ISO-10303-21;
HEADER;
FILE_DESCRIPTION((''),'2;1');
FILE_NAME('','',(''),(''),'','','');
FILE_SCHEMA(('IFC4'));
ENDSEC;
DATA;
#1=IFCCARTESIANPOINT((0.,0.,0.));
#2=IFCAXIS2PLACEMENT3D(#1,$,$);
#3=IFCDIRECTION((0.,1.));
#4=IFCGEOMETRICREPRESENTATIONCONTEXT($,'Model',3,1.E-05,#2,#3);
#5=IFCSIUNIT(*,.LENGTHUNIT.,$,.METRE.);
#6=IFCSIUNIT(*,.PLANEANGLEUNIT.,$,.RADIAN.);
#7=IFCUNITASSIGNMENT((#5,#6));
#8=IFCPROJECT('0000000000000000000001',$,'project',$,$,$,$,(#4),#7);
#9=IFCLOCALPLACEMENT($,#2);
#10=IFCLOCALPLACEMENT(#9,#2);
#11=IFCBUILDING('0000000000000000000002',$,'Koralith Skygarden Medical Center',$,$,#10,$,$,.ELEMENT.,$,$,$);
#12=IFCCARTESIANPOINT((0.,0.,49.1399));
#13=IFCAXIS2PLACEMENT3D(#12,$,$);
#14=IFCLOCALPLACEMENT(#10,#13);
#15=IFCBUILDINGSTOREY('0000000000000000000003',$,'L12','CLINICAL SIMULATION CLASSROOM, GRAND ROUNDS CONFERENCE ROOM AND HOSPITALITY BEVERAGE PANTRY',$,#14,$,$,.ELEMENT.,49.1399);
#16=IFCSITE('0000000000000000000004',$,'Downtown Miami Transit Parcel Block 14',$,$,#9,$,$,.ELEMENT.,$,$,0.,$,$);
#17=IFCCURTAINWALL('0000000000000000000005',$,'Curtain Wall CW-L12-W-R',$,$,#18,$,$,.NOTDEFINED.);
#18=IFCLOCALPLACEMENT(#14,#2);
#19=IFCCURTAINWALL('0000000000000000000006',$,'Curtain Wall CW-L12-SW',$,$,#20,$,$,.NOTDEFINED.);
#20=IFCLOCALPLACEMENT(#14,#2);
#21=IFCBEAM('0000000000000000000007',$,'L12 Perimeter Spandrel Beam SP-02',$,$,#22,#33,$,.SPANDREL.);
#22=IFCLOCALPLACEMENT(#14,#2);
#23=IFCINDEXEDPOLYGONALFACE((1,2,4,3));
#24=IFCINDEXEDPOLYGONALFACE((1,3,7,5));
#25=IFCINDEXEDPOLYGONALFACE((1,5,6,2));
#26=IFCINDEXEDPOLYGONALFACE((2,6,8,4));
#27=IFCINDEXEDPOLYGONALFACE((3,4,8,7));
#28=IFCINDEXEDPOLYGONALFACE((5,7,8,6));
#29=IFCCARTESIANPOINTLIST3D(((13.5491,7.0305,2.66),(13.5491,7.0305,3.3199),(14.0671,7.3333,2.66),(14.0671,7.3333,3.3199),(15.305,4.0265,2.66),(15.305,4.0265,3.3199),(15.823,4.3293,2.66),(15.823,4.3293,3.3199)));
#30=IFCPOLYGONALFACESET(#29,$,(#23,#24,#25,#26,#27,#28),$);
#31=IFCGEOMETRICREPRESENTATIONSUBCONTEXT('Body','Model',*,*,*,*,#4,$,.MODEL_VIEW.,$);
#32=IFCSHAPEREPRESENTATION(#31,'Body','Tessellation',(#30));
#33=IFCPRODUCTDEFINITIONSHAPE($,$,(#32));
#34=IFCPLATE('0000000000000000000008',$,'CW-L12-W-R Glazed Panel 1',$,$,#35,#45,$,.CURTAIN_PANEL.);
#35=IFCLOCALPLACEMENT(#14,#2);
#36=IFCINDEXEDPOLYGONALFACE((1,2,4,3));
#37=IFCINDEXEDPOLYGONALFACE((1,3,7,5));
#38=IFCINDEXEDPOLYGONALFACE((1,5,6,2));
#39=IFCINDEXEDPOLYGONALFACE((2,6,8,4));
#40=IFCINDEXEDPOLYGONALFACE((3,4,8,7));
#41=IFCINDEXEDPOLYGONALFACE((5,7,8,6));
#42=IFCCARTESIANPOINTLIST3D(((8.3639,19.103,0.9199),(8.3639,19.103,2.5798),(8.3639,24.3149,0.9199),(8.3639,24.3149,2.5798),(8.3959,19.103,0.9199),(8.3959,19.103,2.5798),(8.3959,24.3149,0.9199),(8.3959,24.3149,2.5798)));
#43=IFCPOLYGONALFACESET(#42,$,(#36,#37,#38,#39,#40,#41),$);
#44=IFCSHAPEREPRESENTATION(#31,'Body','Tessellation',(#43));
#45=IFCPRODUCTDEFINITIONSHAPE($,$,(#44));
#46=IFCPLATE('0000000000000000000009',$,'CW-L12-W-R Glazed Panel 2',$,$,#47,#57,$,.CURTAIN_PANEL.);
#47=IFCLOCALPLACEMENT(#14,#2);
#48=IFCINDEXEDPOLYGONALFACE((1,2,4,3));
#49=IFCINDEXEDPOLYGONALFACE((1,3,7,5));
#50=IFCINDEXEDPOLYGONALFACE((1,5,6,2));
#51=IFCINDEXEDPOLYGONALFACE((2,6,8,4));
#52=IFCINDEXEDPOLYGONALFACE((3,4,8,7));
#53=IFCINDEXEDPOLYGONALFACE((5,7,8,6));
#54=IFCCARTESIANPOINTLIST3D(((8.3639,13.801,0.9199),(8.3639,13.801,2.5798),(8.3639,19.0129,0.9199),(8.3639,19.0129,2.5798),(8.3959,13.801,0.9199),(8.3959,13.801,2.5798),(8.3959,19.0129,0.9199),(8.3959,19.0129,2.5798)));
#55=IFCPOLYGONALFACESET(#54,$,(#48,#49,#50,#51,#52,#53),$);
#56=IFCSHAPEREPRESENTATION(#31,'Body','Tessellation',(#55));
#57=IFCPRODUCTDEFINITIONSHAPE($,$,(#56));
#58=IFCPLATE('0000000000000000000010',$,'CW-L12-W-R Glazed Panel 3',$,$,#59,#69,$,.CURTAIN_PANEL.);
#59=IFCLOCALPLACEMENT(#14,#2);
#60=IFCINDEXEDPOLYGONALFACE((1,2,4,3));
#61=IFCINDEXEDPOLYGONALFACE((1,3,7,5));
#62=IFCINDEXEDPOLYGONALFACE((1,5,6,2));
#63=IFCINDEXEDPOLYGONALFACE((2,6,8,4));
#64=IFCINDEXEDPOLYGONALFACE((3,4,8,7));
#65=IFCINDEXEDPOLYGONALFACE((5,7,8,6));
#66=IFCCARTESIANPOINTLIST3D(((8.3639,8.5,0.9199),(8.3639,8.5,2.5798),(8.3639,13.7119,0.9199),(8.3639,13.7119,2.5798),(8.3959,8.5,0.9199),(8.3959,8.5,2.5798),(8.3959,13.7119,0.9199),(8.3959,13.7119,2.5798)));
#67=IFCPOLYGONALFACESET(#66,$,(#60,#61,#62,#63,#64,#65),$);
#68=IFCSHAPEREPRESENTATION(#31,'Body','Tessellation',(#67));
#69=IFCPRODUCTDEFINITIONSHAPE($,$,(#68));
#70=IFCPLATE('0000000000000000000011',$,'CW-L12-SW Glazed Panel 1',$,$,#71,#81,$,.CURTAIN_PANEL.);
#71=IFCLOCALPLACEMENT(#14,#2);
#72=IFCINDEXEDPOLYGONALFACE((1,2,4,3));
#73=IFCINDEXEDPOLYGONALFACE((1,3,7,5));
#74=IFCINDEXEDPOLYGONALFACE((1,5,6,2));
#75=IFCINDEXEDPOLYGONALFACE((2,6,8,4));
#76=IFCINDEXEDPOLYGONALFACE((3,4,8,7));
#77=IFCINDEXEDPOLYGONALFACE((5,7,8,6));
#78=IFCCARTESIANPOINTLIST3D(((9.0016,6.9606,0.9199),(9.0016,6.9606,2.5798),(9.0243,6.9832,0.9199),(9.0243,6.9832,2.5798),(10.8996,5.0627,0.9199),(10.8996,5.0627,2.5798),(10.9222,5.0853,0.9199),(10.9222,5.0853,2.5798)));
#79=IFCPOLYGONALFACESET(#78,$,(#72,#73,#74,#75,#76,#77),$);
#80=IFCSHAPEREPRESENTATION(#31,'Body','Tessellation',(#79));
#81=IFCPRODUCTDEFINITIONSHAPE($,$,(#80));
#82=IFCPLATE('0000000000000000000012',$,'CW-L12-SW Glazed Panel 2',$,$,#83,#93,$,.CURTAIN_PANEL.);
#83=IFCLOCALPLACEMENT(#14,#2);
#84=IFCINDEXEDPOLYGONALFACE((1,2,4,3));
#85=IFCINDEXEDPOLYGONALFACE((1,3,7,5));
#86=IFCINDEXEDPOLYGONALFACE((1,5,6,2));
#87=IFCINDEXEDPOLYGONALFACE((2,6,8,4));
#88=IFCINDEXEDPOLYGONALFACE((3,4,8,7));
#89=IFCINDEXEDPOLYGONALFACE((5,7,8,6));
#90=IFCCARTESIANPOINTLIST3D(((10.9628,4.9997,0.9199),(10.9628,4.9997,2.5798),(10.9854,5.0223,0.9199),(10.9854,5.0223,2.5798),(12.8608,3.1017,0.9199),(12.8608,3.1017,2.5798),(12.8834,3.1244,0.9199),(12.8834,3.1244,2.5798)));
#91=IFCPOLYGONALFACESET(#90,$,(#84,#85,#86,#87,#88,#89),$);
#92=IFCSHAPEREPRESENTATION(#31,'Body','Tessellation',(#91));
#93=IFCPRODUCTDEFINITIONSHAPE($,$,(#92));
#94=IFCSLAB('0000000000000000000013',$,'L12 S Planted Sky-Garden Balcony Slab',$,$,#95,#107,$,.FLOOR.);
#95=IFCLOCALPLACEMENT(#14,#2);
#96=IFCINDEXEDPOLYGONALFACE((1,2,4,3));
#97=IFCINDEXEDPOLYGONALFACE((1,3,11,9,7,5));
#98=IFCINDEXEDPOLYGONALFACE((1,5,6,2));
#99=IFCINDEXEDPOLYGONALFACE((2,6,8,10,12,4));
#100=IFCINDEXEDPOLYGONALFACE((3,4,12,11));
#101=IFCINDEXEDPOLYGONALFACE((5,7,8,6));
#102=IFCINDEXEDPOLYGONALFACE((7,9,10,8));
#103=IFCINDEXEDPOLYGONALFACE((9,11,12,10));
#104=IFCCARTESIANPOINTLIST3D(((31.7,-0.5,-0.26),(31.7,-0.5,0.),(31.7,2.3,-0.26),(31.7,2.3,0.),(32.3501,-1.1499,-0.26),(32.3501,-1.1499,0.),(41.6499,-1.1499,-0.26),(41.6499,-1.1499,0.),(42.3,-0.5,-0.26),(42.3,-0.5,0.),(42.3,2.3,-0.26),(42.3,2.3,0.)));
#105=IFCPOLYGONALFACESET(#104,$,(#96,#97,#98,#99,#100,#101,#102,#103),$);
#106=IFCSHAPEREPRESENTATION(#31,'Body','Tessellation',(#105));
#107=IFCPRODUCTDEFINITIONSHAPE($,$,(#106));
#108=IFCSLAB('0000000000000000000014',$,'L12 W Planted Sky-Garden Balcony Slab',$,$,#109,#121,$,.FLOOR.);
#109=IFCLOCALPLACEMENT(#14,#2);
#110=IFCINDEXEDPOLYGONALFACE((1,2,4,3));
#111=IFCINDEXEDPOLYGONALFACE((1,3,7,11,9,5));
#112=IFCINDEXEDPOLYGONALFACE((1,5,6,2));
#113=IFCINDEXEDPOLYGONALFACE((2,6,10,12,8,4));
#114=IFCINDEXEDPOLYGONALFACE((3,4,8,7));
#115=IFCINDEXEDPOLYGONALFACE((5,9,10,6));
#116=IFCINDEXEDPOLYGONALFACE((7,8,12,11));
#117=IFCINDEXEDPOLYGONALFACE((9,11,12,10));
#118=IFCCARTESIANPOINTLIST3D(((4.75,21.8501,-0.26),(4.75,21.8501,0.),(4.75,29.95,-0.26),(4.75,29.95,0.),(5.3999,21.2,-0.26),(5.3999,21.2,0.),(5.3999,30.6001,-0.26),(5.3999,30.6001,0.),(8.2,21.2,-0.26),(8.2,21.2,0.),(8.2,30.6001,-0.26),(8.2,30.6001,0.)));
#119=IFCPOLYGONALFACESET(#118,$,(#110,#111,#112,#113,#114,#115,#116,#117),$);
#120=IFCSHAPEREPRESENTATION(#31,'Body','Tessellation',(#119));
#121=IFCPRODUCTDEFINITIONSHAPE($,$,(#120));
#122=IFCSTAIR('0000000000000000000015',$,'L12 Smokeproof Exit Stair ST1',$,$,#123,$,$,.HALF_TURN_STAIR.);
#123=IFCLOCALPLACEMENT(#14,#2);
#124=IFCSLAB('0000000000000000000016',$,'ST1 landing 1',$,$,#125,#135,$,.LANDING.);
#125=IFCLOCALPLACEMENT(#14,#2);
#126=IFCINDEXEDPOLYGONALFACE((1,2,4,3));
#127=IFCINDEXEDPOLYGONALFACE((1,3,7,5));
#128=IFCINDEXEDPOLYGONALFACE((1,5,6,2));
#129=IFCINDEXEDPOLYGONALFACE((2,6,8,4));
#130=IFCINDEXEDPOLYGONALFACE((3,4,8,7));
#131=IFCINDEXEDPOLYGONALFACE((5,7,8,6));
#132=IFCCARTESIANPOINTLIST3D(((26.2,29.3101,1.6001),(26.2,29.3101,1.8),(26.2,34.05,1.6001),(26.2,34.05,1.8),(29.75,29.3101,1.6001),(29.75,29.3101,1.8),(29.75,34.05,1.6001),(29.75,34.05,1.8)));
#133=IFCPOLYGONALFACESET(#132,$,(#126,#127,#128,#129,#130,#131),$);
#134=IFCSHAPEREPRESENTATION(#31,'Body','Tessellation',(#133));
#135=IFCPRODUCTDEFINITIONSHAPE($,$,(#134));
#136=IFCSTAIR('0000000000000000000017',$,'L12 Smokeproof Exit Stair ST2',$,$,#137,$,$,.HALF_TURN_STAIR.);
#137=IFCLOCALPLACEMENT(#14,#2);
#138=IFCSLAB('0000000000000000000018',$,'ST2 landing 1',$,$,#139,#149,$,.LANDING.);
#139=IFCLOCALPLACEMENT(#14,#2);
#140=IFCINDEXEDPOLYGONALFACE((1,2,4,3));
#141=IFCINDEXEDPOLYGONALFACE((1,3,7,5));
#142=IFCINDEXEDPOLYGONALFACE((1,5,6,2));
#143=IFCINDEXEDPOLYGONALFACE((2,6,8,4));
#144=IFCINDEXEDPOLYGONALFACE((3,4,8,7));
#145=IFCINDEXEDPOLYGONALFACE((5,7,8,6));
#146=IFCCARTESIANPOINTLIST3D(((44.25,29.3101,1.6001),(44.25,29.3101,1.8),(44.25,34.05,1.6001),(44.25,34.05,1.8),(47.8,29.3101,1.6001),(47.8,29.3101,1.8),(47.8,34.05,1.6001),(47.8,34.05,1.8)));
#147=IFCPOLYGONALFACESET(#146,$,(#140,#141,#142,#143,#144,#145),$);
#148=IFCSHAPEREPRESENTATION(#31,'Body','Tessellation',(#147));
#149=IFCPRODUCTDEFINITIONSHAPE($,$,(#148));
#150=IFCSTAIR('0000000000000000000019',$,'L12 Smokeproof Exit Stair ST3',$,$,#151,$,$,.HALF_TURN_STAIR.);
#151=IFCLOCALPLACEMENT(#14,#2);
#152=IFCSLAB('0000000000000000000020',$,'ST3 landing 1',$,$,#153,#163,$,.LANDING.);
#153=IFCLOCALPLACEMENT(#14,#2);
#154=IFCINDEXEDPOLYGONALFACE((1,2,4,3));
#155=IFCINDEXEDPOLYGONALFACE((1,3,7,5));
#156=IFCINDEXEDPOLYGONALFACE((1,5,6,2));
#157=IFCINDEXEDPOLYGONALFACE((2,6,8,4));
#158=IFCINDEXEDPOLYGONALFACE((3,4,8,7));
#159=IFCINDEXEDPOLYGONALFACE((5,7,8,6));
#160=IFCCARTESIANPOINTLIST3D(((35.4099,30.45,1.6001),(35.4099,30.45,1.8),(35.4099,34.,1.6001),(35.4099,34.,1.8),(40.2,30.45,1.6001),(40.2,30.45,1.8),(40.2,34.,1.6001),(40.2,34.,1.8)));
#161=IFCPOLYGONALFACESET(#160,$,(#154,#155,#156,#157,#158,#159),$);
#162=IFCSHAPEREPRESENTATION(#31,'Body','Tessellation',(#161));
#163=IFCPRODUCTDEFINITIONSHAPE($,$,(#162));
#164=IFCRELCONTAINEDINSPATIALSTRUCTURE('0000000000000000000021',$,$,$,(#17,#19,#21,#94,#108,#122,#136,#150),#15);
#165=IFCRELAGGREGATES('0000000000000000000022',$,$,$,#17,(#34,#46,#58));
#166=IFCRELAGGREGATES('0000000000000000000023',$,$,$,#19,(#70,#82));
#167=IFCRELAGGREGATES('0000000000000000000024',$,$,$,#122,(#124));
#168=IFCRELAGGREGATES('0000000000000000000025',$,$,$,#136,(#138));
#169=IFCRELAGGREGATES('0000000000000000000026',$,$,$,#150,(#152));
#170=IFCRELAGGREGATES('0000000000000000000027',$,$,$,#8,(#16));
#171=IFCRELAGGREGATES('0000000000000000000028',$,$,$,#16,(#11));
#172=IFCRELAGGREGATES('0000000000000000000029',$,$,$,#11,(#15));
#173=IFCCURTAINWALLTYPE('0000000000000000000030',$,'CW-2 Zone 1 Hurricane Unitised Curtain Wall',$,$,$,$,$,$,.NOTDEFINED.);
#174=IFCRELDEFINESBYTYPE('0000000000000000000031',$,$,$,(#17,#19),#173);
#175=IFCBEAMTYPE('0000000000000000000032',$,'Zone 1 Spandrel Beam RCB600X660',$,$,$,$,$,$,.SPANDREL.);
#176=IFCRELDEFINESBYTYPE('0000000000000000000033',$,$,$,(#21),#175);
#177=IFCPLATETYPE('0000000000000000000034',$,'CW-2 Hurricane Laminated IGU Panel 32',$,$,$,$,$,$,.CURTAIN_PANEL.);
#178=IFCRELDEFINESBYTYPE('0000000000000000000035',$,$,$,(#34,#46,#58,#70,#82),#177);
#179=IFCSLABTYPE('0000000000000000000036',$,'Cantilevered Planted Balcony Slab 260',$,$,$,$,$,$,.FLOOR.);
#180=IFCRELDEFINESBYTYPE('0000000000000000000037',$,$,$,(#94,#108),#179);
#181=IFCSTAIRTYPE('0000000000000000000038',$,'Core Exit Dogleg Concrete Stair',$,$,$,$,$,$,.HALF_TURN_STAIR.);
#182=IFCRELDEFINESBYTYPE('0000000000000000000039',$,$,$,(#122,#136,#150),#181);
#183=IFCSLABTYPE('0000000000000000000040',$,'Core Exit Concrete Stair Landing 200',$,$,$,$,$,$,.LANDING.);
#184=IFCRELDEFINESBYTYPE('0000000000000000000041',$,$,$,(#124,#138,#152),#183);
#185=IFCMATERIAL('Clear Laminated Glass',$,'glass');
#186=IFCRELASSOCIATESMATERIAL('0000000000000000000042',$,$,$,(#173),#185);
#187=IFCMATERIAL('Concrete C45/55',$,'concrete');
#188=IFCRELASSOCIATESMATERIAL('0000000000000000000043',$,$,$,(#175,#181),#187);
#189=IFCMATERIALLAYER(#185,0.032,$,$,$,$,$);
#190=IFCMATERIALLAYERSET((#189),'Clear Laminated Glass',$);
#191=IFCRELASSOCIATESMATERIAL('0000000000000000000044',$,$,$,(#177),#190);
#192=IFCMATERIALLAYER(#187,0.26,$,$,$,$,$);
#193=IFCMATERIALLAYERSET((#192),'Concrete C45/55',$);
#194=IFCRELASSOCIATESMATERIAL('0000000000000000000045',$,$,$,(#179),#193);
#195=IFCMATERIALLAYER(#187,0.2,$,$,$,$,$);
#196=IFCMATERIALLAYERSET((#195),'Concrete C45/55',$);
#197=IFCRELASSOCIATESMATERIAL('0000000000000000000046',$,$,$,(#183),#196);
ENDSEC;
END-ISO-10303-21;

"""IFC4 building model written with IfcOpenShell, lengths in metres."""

from ifc_helpers import new_model, si_unit, direction, frame, origin, origin_2d, place, context, subcontext, project, spatial, polyline, rectangle, outline, extrude, material, layer, layer_set, material_profile, profile_set, type_object, element, aggregate, save


model = new_model("IFC4")

# Units and contexts
model_context = context("Model", 3, precision=1e-05, world=origin(), true_north=direction((0.0, 1.0)))
body_context = subcontext(model_context, "Body", "Model", "MODEL_VIEW")
ifc_project = project(units=[si_unit("LENGTHUNIT", "METRE"), si_unit("PLANEANGLEUNIT", "RADIAN")], contexts=[model_context])

# Site, building, storey
site_placement = place(None, origin())
site = spatial("IfcSite", under=ifc_project, at=site_placement, Name="Downtown Miami Transit Parcel Block 14", CompositionType="ELEMENT", RefElevation=0.0)
building_placement = place(site_placement, origin())
building = spatial("IfcBuilding", under=site, at=building_placement, Name="Koralith Skygarden Medical Center", CompositionType="ELEMENT")
storey_placement = place(building_placement, frame((0.0, 0.0, 49.1399)))
storey = spatial("IfcBuildingStorey", under=building, at=storey_placement, Name="L12", Description="CLINICAL SIMULATION CLASSROOM, GRAND ROUNDS CONFERENCE ROOM AND HOSPITALITY BEVERAGE PANTRY", CompositionType="ELEMENT", Elevation=49.1399)

# Curtain walls
ifc_material_1 = material(Name="Clear Laminated Glass", Category="glass")
curtain_wall_type = type_object("IfcCurtainWallType", Name="CW-2 Zone 1 Hurricane Unitised Curtain Wall", PredefinedType="NOTDEFINED", material=ifc_material_1)
curtain_wall_1_placement = place(storey_placement, origin())
curtain_wall_1 = element("IfcCurtainWall", 1, at=curtain_wall_1_placement, inside=storey, type_object=curtain_wall_type, Name="Curtain Wall CW-L12-W-R", PredefinedType="NOTDEFINED")
curtain_wall_2_placement = place(storey_placement, origin())
curtain_wall_2 = element("IfcCurtainWall", 2, at=curtain_wall_2_placement, inside=storey, type_object=curtain_wall_type, Name="Curtain Wall CW-L12-SW", PredefinedType="NOTDEFINED")

# Beam
ifc_material_2 = material(Name="Concrete C45/55", Category="concrete")
ifc_material_profile_1 = material_profile(ifc_material_2, rectangle(XDim=0.6001, YDim=0.6599, at=origin_2d()), Name="RCB600X660")
ifc_profile_set_1 = profile_set([ifc_material_profile_1], Name="Concrete C45/55")
beam_type = type_object("IfcBeamType", Name="Zone 1 Spandrel Beam RCB600X660", PredefinedType="SPANDREL", material=ifc_profile_set_1)
beam_1_placement = place(storey_placement, frame((13.8081, 7.1819, 2.99), z_axis=(0.504639, -0.863331, 0.0), x_axis=(0.863331, 0.504639, 0.0)))
element("IfcBeam", 3, at=beam_1_placement, inside=storey, type_object=beam_type, Name="L12 Perimeter Spandrel Beam SP-02", PredefinedType="SPANDREL", context=body_context, shape_type="SweptSolid", body=[
    extrude(rectangle(XDim=0.6001, YDim=0.6599, at=origin_2d()), origin(), (0.0, 0.0, 1.0), 3.4795),
])

# Plates
ifc_layer_1 = layer(ifc_material_1, 0.032)
ifc_layer_set_1 = layer_set([ifc_layer_1], Name="Clear Laminated Glass")
plate_type_1 = type_object("IfcPlateType", Name="CW-2 Hurricane Laminated IGU Panel 32", PredefinedType="CURTAIN_PANEL", material=ifc_layer_set_1)
plate_1_placement = place(storey_placement, frame((8.3799, 21.709, 0.9199), z_axis=(0.0, 0.0, 1.0), x_axis=(0.0, -1.0, 0.0)))
plate_1 = element("IfcPlate", 4, at=plate_1_placement, type_object=plate_type_1, Name="CW-L12-W-R Glazed Panel 1", PredefinedType="CURTAIN_PANEL", context=body_context, shape_type="SweptSolid", body=[
    extrude(rectangle(XDim=5.2119, YDim=0.032, at=origin_2d()), origin(), (0.0, 0.0, 1.0), 1.6599),
])
plate_2_placement = place(storey_placement, frame((8.3799, 16.407, 0.9199), z_axis=(0.0, 0.0, 1.0), x_axis=(0.0, -1.0, 0.0)))
plate_2 = element("IfcPlate", 5, at=plate_2_placement, type_object=plate_type_1, Name="CW-L12-W-R Glazed Panel 2", PredefinedType="CURTAIN_PANEL", context=body_context, shape_type="SweptSolid", body=[
    extrude(rectangle(XDim=5.2119, YDim=0.032, at=origin_2d()), origin(), (0.0, 0.0, 1.0), 1.6599),
])
plate_3_placement = place(storey_placement, frame((8.3799, 11.106, 0.9199), z_axis=(0.0, 0.0, 1.0), x_axis=(0.0, -1.0, 0.0)))
plate_3 = element("IfcPlate", 6, at=plate_3_placement, type_object=plate_type_1, Name="CW-L12-W-R Glazed Panel 3", PredefinedType="CURTAIN_PANEL", context=body_context, shape_type="SweptSolid", body=[
    extrude(rectangle(XDim=5.2119, YDim=0.032, at=origin_2d()), origin(), (0.0, 0.0, 1.0), 1.6599),
])
aggregate(curtain_wall_1, [plate_1, plate_2, plate_3])
plate_4_placement = place(storey_placement, frame((9.9619, 6.0229, 0.9199), z_axis=(0.0, 0.0, 1.0), x_axis=(0.707107, -0.707107, 0.0)))
plate_4 = element("IfcPlate", 7, at=plate_4_placement, type_object=plate_type_1, Name="CW-L12-SW Glazed Panel 1", PredefinedType="CURTAIN_PANEL", context=body_context, shape_type="SweptSolid", body=[
    extrude(rectangle(XDim=2.6841, YDim=0.032, at=origin_2d()), origin(), (0.0, 0.0, 1.0), 1.6599),
])
plate_5_placement = place(storey_placement, frame((11.9231, 4.062, 0.9199), z_axis=(0.0, 0.0, 1.0), x_axis=(0.707107, -0.707107, 0.0)))
plate_5 = element("IfcPlate", 8, at=plate_5_placement, type_object=plate_type_1, Name="CW-L12-SW Glazed Panel 2", PredefinedType="CURTAIN_PANEL", context=body_context, shape_type="SweptSolid", body=[
    extrude(rectangle(XDim=2.6841, YDim=0.032, at=origin_2d()), origin(), (0.0, 0.0, 1.0), 1.6599),
])
aggregate(curtain_wall_2, [plate_4, plate_5])

# Slabs
ifc_layer_2 = layer(ifc_material_2, 0.26)
ifc_layer_set_2 = layer_set([ifc_layer_2], Name="Concrete C45/55")
slab_type_1 = type_object("IfcSlabType", Name="Cantilevered Planted Balcony Slab 260", PredefinedType="FLOOR", material=ifc_layer_set_2)
slab_1_placement = place(storey_placement, frame((0.0, 0.0, -0.26)))
element("IfcSlab", 9, at=slab_1_placement, inside=storey, type_object=slab_type_1, Name="L12 S Planted Sky-Garden Balcony Slab", PredefinedType="FLOOR", context=body_context, shape_type="SweptSolid", body=[
    extrude(outline(polyline([(32.3501, -1.1499), (41.6499, -1.1499), (42.3, -0.5), (42.3, 2.3), (31.7, 2.3), (31.7, -0.5), (32.3501, -1.1499)])), origin(), (0.0, 0.0, 1.0), 0.26),
])
slab_2_placement = place(storey_placement, frame((0.0, 0.0, -0.26)))
element("IfcSlab", 10, at=slab_2_placement, inside=storey, type_object=slab_type_1, Name="L12 W Planted Sky-Garden Balcony Slab", PredefinedType="FLOOR", context=body_context, shape_type="SweptSolid", body=[
    extrude(outline(polyline([(5.3999, 21.2), (8.2, 21.2), (8.2, 30.6001), (5.3999, 30.6001), (4.75, 29.95), (4.75, 21.8501), (5.3999, 21.2)])), origin(), (0.0, 0.0, 1.0), 0.26),
])

# Stairs, slabs
stair_type = type_object("IfcStairType", Name="Core Exit Dogleg Concrete Stair", PredefinedType="HALF_TURN_STAIR", material=ifc_material_2)
stair_1_placement = place(storey_placement, origin())
stair_1 = element("IfcStair", 11, at=stair_1_placement, inside=storey, type_object=stair_type, Name="L12 Smokeproof Exit Stair ST1", PredefinedType="HALF_TURN_STAIR")
ifc_layer_3 = layer(ifc_material_2, 0.2)
ifc_layer_set_3 = layer_set([ifc_layer_3], Name="Concrete C45/55")
slab_type_2 = type_object("IfcSlabType", Name="Core Exit Concrete Stair Landing 200", PredefinedType="LANDING", material=ifc_layer_set_3)
slab_3_placement = place(storey_placement, frame((0.0, 0.0, 1.6001)))
slab_3 = element("IfcSlab", 12, at=slab_3_placement, type_object=slab_type_2, Name="ST1 landing 1", PredefinedType="LANDING", context=body_context, shape_type="SweptSolid", body=[
    extrude(outline(polyline([(29.75, 29.3101), (29.75, 34.05), (26.2, 34.05), (26.2, 29.3101), (29.75, 29.3101)])), origin(), (0.0, 0.0, 1.0), 0.2),
])
aggregate(stair_1, [slab_3])
stair_2_placement = place(storey_placement, origin())
stair_2 = element("IfcStair", 13, at=stair_2_placement, inside=storey, type_object=stair_type, Name="L12 Smokeproof Exit Stair ST2", PredefinedType="HALF_TURN_STAIR")
slab_4_placement = place(storey_placement, frame((0.0, 0.0, 1.6001)))
slab_4 = element("IfcSlab", 14, at=slab_4_placement, type_object=slab_type_2, Name="ST2 landing 1", PredefinedType="LANDING", context=body_context, shape_type="SweptSolid", body=[
    extrude(outline(polyline([(47.8, 29.3101), (47.8, 34.05), (44.25, 34.05), (44.25, 29.3101), (47.8, 29.3101)])), origin(), (0.0, 0.0, 1.0), 0.2),
])
aggregate(stair_2, [slab_4])
stair_3_placement = place(storey_placement, origin())
stair_3 = element("IfcStair", 15, at=stair_3_placement, inside=storey, type_object=stair_type, Name="L12 Smokeproof Exit Stair ST3", PredefinedType="HALF_TURN_STAIR")
slab_5_placement = place(storey_placement, frame((0.0, 0.0, 1.6001)))
slab_5 = element("IfcSlab", 16, at=slab_5_placement, type_object=slab_type_2, Name="ST3 landing 1", PredefinedType="LANDING", context=body_context, shape_type="SweptSolid", body=[
    extrude(outline(polyline([(35.4099, 30.45), (40.2, 30.45), (40.2, 34.0), (35.4099, 34.0), (35.4099, 30.45)])), origin(), (0.0, 0.0, 1.0), 0.2),
])
aggregate(stair_3, [slab_5])

save(model, "model.ifc")
